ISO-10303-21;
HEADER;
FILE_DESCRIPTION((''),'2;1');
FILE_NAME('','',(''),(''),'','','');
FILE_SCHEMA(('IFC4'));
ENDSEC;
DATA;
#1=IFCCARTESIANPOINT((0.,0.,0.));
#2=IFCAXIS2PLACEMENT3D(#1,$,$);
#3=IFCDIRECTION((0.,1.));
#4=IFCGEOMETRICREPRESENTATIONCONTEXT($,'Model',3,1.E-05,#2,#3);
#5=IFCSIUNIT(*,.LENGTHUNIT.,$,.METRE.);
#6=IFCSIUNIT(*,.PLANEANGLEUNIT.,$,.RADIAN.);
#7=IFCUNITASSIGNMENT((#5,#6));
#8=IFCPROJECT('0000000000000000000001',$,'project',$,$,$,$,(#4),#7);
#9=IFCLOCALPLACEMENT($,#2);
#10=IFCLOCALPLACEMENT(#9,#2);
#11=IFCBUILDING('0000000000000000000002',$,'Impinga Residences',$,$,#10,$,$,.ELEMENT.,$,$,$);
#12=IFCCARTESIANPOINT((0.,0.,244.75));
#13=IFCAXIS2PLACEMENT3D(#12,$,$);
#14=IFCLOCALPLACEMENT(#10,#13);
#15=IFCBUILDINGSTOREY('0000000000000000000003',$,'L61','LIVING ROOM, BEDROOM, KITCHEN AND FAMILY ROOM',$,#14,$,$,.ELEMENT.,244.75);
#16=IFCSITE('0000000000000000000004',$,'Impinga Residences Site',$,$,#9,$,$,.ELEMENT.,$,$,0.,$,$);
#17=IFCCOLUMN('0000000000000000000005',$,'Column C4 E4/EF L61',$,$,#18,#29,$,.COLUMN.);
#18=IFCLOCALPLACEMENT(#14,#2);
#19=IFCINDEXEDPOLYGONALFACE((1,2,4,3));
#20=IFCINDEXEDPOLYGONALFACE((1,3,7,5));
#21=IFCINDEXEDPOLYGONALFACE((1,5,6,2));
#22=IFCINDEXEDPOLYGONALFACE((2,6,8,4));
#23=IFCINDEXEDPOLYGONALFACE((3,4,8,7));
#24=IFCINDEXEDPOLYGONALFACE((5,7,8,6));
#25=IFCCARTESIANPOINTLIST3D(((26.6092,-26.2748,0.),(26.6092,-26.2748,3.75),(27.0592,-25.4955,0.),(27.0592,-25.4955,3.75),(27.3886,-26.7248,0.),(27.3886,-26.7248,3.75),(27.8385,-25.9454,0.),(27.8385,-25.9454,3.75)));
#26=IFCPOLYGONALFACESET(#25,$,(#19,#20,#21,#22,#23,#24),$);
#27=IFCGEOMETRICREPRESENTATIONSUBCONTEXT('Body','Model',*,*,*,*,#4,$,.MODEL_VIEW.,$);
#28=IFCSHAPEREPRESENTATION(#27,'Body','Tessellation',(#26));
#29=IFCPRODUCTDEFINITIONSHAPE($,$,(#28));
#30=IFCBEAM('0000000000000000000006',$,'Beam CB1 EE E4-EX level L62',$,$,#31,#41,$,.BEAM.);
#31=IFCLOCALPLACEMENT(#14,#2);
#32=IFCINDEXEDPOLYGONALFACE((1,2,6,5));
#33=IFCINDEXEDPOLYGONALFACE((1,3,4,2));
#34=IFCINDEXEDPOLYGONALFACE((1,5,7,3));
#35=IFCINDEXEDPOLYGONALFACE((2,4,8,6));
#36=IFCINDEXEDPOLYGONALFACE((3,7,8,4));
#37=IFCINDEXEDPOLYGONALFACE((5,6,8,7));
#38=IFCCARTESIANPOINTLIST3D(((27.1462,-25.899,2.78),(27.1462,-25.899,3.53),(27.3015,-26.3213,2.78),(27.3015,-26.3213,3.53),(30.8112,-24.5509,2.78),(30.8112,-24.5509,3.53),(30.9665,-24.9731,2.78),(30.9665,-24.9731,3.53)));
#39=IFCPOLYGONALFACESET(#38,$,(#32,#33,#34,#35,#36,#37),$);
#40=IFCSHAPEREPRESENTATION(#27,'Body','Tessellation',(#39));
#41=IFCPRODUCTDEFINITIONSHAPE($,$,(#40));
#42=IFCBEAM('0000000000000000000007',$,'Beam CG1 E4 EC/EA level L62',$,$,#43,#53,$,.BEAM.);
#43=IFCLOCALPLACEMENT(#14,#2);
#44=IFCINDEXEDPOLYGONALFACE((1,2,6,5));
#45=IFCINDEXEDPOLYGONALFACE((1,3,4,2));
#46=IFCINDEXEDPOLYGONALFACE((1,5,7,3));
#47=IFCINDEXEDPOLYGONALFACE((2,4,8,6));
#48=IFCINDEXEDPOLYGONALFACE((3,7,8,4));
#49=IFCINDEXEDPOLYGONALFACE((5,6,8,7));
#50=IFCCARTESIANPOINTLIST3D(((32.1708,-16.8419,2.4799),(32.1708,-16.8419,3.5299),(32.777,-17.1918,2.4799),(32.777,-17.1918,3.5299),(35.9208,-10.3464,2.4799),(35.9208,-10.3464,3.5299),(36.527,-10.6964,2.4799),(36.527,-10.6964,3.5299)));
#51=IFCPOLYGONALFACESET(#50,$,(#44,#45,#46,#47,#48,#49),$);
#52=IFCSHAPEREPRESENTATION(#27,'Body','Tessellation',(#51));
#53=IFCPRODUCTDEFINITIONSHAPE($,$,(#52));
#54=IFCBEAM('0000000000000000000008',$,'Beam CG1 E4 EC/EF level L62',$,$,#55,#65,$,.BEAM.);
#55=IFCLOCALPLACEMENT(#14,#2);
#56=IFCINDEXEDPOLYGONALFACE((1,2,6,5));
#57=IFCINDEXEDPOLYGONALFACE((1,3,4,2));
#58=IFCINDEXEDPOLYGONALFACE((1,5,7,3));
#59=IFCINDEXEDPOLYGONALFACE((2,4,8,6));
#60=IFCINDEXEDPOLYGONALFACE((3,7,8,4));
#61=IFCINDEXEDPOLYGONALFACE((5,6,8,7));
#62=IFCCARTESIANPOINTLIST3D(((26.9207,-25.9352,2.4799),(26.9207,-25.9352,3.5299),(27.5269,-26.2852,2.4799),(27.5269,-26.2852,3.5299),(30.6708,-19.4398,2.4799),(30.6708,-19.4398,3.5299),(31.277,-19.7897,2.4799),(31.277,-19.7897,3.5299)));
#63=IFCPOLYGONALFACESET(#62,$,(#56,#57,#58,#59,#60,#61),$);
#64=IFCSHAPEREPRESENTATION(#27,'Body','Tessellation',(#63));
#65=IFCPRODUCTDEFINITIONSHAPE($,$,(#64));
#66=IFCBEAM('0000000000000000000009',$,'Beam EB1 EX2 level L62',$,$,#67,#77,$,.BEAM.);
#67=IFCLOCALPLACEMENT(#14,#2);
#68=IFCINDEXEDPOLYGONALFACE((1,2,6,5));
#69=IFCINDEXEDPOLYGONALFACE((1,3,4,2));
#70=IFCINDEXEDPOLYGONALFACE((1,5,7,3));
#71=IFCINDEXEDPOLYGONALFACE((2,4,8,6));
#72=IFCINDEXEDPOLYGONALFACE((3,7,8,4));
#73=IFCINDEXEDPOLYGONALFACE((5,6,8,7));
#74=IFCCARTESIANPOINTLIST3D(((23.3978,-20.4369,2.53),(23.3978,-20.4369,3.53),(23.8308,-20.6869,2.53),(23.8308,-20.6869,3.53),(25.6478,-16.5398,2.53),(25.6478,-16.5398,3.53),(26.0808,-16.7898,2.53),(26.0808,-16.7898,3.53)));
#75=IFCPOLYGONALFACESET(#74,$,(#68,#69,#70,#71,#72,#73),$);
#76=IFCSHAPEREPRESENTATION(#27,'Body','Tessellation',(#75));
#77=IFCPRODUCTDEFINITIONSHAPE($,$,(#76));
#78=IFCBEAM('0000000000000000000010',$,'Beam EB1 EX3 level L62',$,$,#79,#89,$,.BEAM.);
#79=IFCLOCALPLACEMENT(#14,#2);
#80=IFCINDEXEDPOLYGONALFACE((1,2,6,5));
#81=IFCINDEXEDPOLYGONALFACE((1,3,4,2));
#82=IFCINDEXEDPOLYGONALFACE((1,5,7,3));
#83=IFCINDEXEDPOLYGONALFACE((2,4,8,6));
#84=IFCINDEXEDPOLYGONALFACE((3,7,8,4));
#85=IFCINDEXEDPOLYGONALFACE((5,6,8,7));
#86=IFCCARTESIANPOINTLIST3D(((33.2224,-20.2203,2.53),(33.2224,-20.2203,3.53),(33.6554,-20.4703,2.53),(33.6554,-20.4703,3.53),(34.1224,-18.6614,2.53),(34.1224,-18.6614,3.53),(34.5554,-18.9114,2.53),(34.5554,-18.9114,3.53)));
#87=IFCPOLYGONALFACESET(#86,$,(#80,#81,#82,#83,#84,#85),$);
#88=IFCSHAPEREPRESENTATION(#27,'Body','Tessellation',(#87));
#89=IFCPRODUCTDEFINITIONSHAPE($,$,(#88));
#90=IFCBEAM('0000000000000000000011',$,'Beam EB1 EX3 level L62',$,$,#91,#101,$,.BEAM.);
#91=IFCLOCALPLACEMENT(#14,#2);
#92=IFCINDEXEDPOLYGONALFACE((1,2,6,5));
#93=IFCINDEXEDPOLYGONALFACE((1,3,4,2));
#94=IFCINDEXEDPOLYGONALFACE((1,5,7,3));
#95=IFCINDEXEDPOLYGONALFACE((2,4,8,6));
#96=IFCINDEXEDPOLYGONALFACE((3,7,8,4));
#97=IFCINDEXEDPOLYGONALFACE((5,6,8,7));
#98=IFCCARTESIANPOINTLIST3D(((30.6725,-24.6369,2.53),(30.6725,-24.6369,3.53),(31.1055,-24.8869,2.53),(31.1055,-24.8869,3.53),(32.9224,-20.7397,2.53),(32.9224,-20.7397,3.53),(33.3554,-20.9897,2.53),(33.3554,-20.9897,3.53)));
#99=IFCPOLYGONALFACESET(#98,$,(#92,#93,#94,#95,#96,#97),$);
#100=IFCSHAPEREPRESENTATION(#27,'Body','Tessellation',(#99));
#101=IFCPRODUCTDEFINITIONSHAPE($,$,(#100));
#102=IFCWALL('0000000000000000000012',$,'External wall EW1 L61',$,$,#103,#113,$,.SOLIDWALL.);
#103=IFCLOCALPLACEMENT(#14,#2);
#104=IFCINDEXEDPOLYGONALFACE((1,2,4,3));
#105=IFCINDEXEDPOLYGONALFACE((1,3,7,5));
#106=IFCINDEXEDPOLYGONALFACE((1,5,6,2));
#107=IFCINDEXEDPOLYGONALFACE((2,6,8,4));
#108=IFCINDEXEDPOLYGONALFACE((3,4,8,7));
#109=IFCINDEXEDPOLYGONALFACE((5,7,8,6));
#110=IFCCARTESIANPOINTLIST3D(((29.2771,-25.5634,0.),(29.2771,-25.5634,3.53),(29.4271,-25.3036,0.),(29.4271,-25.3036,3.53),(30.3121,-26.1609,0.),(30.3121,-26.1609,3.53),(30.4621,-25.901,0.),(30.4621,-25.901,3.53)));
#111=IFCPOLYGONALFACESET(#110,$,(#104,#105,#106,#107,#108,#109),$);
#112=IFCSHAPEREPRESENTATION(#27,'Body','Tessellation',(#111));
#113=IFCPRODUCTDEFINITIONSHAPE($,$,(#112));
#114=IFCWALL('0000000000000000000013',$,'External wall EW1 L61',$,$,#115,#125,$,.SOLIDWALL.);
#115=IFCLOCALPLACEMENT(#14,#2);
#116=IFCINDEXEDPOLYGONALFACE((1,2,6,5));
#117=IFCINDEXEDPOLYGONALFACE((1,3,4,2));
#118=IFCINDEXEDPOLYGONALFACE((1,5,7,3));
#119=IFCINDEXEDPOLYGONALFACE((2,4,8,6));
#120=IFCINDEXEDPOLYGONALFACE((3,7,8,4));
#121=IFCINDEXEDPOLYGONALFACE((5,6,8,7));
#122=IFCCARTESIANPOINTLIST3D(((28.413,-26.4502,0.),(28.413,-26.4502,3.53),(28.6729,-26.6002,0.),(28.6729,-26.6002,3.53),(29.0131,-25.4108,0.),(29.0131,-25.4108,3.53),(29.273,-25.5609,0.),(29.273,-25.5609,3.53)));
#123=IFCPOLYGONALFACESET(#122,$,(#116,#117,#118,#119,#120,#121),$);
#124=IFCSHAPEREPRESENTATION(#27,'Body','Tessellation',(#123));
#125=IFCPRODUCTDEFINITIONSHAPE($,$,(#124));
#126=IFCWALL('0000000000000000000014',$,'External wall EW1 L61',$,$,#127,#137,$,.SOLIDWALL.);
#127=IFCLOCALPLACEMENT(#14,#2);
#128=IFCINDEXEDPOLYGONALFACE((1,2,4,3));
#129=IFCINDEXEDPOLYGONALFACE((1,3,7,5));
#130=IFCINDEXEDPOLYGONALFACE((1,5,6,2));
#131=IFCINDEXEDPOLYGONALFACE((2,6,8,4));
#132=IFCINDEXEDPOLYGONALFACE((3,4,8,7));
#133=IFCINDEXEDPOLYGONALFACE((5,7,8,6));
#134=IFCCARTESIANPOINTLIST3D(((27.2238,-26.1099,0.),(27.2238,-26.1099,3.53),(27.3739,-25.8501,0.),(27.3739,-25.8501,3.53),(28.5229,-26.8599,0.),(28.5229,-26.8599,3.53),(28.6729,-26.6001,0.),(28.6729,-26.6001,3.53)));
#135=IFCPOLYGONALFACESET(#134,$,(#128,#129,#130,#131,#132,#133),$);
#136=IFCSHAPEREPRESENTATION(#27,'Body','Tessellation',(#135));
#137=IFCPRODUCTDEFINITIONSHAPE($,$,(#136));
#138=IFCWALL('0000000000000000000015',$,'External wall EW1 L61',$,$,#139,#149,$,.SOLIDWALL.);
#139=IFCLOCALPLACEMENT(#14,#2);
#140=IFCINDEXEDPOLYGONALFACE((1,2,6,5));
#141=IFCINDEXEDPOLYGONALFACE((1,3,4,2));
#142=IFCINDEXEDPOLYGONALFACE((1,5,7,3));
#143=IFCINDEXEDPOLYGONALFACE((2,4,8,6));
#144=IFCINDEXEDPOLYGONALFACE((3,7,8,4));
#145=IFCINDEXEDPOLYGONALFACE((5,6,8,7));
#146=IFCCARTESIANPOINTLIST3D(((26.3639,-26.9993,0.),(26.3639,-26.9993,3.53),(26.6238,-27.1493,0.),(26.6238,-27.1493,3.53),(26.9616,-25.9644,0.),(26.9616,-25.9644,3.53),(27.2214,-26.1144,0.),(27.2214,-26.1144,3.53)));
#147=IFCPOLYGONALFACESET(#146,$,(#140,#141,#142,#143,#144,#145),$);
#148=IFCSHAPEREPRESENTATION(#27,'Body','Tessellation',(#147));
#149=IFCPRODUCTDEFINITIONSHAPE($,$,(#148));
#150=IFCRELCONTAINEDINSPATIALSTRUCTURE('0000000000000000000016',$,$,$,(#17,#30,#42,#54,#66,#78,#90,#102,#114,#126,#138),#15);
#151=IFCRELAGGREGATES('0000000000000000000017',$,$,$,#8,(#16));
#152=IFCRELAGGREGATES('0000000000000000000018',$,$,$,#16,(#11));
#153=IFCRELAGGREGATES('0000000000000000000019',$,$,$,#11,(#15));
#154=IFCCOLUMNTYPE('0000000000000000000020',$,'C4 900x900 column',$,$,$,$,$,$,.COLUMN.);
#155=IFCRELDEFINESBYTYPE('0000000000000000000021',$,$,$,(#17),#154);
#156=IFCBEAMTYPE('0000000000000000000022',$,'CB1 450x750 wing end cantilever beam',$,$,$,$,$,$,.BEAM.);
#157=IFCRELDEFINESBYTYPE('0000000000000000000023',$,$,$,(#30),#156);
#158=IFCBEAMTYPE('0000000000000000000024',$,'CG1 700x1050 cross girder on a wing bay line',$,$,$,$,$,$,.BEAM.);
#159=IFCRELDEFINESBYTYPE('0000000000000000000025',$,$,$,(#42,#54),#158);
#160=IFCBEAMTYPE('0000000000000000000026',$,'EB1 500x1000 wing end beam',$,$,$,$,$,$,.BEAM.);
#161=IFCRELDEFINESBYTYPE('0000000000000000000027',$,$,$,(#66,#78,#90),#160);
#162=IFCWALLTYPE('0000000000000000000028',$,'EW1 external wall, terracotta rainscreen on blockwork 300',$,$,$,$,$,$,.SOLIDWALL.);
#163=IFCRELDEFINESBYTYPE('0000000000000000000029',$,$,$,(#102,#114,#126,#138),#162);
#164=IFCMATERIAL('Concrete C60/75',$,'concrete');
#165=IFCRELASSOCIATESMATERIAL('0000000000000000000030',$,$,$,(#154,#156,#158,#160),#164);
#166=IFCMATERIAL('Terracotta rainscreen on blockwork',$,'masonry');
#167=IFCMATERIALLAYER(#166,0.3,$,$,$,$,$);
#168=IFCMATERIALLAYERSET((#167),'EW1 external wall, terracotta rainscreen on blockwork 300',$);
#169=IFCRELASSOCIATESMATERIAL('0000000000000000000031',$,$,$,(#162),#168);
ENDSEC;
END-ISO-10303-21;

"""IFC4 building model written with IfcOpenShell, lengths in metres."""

from ifc_helpers import new_model, si_unit, direction, frame, frame_2d, origin, origin_2d, place, context, subcontext, project, spatial, rectangle, extrude, material, layer, layer_set, material_profile, profile_set, type_object, element, save


model = new_model("IFC4")

# Units and contexts
model_context = context("Model", 3, precision=1e-05, world=origin(), true_north=direction((0.0, 1.0)))
body_context = subcontext(model_context, "Body", "Model", "MODEL_VIEW")
ifc_project = project(units=[si_unit("LENGTHUNIT", "METRE"), si_unit("PLANEANGLEUNIT", "RADIAN")], contexts=[model_context])

# Site, building, storey
site_placement = place(None, origin())
site = spatial("IfcSite", under=ifc_project, at=site_placement, Name="Impinga Residences Site", CompositionType="ELEMENT", RefElevation=0.0)
building_placement = place(site_placement, origin())
building = spatial("IfcBuilding", under=site, at=building_placement, Name="Impinga Residences", CompositionType="ELEMENT")
storey_placement = place(building_placement, frame((0.0, 0.0, 244.75)))
storey = spatial("IfcBuildingStorey", under=building, at=storey_placement, Name="L61", Description="LIVING ROOM, BEDROOM, KITCHEN AND FAMILY ROOM", CompositionType="ELEMENT", Elevation=244.75)

# Column
ifc_material_1 = material(Name="Concrete C60/75", Category="concrete")
ifc_material_profile_1 = material_profile(ifc_material_1, rectangle(XDim=0.8999, YDim=0.8999, at=origin_2d()), Name="RC 900x900")
ifc_profile_set_1 = profile_set([ifc_material_profile_1], Name="Concrete C60/75")
column_type = type_object("IfcColumnType", Name="C4 900x900 column", PredefinedType="COLUMN", material=ifc_profile_set_1)
column_placement = place(storey_placement, frame((27.2239, -26.1101, 0.0), z_axis=(0.0, 0.0, 1.0), x_axis=(-0.5, -0.866025, 0.0)))
element("IfcColumn", 1, at=column_placement, inside=storey, type_object=column_type, Name="Column C4 E4/EF L61", PredefinedType="COLUMN", context=body_context, shape_type="SweptSolid", body=[
    extrude(rectangle(XDim=0.8999, YDim=0.8999, at=origin_2d()), origin(), (0.0, 0.0, 1.0), 3.75),
])

# Beams
ifc_material_profile_2 = material_profile(ifc_material_1, rectangle(XDim=0.45, YDim=0.75, at=origin_2d()), Name="RC 450x750")
ifc_profile_set_2 = profile_set([ifc_material_profile_2], Name="Concrete C60/75")
beam_type_1 = type_object("IfcBeamType", Name="CB1 450x750 wing end cantilever beam", PredefinedType="BEAM", material=ifc_profile_set_2)
beam_1_placement = place(storey_placement, frame((27.2239, -26.1101, 3.155), z_axis=(0.93852, 0.345224, 0.0), x_axis=(-0.345224, 0.93852, 0.0)))
element("IfcBeam", 2, at=beam_1_placement, inside=storey, type_object=beam_type_1, Name="Beam CB1 EE E4-EX level L62", PredefinedType="BEAM", context=body_context, shape_type="SweptSolid", body=[
    extrude(rectangle(XDim=0.45, YDim=0.75, at=origin_2d()), origin(), (0.0, 0.0, 1.0), 3.905),
])
ifc_material_profile_3 = material_profile(ifc_material_1, rectangle(XDim=0.7, YDim=1.05, at=origin_2d()), Name="RC 700x1050")
ifc_profile_set_3 = profile_set([ifc_material_profile_3], Name="Concrete C60/75")
beam_type_2 = type_object("IfcBeamType", Name="CG1 700x1050 cross girder on a wing bay line", PredefinedType="BEAM", material=ifc_profile_set_3)
for number, where, z_axis, x_axis, name in (
    (3, (32.4739, -17.0168, 3.0049), (0.49999, 0.866031, 0.0), (-0.866031, 0.49999, 0.0), "Beam CG1 E4 EC/EA level L62"),
    (4, (30.9739, -19.6147, 3.0049), (-0.49999, -0.866031, 0.0), (0.866031, -0.49999, 0.0), "Beam CG1 E4 EC/EF level L62"),
):
    element("IfcBeam", number, at=place(storey_placement, frame(where, z_axis=z_axis, x_axis=x_axis)), inside=storey, type_object=beam_type_2, Name=name, PredefinedType="BEAM", context=body_context, shape_type="SweptSolid", body=[
        extrude(rectangle(XDim=0.7, YDim=1.05, at=origin_2d()), origin(), (0.0, 0.0, 1.0), 7.5002),
    ])
ifc_material_profile_4 = material_profile(ifc_material_1, rectangle(XDim=0.5, YDim=1.0, at=origin_2d()), Name="RC 500x1000")
ifc_profile_set_4 = profile_set([ifc_material_profile_4], Name="Concrete C60/75")
beam_type_3 = type_object("IfcBeamType", Name="EB1 500x1000 wing end beam", PredefinedType="BEAM", material=ifc_profile_set_4)
beam_2_placement = place(storey_placement, frame((25.8643, -16.6648, 3.03), z_axis=(-0.49999, -0.866031, 0.0), x_axis=(0.866031, -0.49999, 0.0)))
element("IfcBeam", 5, at=beam_2_placement, inside=storey, type_object=beam_type_3, Name="Beam EB1 EX2 level L62", PredefinedType="BEAM", context=body_context, shape_type="SweptSolid", body=[
    extrude(rectangle(XDim=0.5, YDim=1.0, at=origin_2d()), origin(), (0.0, 0.0, 1.0), 4.5),
])
beam_3_placement = place(storey_placement, frame((34.3389, -18.7864, 3.03), z_axis=(-0.499961, -0.866048, 0.0), x_axis=(0.866048, -0.499961, 0.0)))
element("IfcBeam", 6, at=beam_3_placement, inside=storey, type_object=beam_type_3, Name="Beam EB1 EX3 level L62", PredefinedType="BEAM", context=body_context, shape_type="SweptSolid", body=[
    extrude(rectangle(XDim=0.5, YDim=1.0, at=origin_2d()), origin(), (0.0, 0.0, 1.0), 1.8),
])
beam_4_placement = place(storey_placement, frame((33.1389, -20.8647, 3.03), z_axis=(-0.49999, -0.866031, 0.0), x_axis=(0.866031, -0.49999, 0.0)))
element("IfcBeam", 7, at=beam_4_placement, inside=storey, type_object=beam_type_3, Name="Beam EB1 EX3 level L62", PredefinedType="BEAM", context=body_context, shape_type="SweptSolid", body=[
    extrude(rectangle(XDim=0.5, YDim=1.0, at=origin_2d()), origin(), (0.0, 0.0, 1.0), 4.5),
])

# Walls
ifc_material_2 = material(Name="Terracotta rainscreen on blockwork", Category="masonry")
ifc_layer_1 = layer(ifc_material_2, 0.3)
ifc_layer_set_1 = layer_set([ifc_layer_1], Name="EW1 external wall, terracotta rainscreen on blockwork 300")
wall_type_1 = type_object("IfcWallType", Name="EW1 external wall, terracotta rainscreen on blockwork 300", PredefinedType="SOLIDWALL", material=ifc_layer_set_1)
wall_1_placement = place(storey_placement, frame((30.3872, -26.031, 0.0), z_axis=(0.0, 0.0, 1.0), x_axis=(-0.86606, 0.499941, 0.0)))
element("IfcWall", 8, at=wall_1_placement, inside=storey, type_object=wall_type_1, Name="External wall EW1 L61", PredefinedType="SOLIDWALL", context=body_context, shape_type="SweptSolid", body=[
    extrude(rectangle(XDim=1.1951, YDim=0.3, at=frame_2d((0.5977, 0.0))), origin(), (0.0, 0.0, 1.0), 3.53),
])
wall_2_placement = place(storey_placement, frame((29.1431, -25.4858, 0.0), z_axis=(0.0, 0.0, 1.0), x_axis=(-0.500034, -0.866006, 0.0)))
element("IfcWall", 9, at=wall_2_placement, inside=storey, type_object=wall_type_1, Name="External wall EW1 L61", PredefinedType="SOLIDWALL", context=body_context, shape_type="SweptSolid", body=[
    extrude(rectangle(XDim=1.2002, YDim=0.3, at=frame_2d((0.6001, 0.0))), origin(), (0.0, 0.0, 1.0), 3.53),
])
wall_3_placement = place(storey_placement, frame((28.5979, -26.73, 0.0), z_axis=(0.0, 0.0, 1.0), x_axis=(-0.866031, 0.49999, 0.0)))
element("IfcWall", 10, at=wall_3_placement, inside=storey, type_object=wall_type_1, Name="External wall EW1 L61", PredefinedType="SOLIDWALL", context=body_context, shape_type="SweptSolid", body=[
    extrude(rectangle(XDim=1.5, YDim=0.3, at=frame_2d((0.75, 0.0))), origin(), (0.0, 0.0, 1.0), 3.53),
])
wall_4_placement = place(storey_placement, frame((27.0916, -26.0393, 0.0), z_axis=(0.0, 0.0, 1.0), x_axis=(-0.500094, -0.865971, 0.0)))
element("IfcWall", 11, at=wall_4_placement, inside=storey, type_object=wall_type_1, Name="External wall EW1 L61", PredefinedType="SOLIDWALL", context=body_context, shape_type="SweptSolid", body=[
    extrude(rectangle(XDim=1.1951, YDim=0.3, at=frame_2d((0.5977, 0.0))), origin(), (0.0, 0.0, 1.0), 3.53),
])

save(model, "model.ifc")
